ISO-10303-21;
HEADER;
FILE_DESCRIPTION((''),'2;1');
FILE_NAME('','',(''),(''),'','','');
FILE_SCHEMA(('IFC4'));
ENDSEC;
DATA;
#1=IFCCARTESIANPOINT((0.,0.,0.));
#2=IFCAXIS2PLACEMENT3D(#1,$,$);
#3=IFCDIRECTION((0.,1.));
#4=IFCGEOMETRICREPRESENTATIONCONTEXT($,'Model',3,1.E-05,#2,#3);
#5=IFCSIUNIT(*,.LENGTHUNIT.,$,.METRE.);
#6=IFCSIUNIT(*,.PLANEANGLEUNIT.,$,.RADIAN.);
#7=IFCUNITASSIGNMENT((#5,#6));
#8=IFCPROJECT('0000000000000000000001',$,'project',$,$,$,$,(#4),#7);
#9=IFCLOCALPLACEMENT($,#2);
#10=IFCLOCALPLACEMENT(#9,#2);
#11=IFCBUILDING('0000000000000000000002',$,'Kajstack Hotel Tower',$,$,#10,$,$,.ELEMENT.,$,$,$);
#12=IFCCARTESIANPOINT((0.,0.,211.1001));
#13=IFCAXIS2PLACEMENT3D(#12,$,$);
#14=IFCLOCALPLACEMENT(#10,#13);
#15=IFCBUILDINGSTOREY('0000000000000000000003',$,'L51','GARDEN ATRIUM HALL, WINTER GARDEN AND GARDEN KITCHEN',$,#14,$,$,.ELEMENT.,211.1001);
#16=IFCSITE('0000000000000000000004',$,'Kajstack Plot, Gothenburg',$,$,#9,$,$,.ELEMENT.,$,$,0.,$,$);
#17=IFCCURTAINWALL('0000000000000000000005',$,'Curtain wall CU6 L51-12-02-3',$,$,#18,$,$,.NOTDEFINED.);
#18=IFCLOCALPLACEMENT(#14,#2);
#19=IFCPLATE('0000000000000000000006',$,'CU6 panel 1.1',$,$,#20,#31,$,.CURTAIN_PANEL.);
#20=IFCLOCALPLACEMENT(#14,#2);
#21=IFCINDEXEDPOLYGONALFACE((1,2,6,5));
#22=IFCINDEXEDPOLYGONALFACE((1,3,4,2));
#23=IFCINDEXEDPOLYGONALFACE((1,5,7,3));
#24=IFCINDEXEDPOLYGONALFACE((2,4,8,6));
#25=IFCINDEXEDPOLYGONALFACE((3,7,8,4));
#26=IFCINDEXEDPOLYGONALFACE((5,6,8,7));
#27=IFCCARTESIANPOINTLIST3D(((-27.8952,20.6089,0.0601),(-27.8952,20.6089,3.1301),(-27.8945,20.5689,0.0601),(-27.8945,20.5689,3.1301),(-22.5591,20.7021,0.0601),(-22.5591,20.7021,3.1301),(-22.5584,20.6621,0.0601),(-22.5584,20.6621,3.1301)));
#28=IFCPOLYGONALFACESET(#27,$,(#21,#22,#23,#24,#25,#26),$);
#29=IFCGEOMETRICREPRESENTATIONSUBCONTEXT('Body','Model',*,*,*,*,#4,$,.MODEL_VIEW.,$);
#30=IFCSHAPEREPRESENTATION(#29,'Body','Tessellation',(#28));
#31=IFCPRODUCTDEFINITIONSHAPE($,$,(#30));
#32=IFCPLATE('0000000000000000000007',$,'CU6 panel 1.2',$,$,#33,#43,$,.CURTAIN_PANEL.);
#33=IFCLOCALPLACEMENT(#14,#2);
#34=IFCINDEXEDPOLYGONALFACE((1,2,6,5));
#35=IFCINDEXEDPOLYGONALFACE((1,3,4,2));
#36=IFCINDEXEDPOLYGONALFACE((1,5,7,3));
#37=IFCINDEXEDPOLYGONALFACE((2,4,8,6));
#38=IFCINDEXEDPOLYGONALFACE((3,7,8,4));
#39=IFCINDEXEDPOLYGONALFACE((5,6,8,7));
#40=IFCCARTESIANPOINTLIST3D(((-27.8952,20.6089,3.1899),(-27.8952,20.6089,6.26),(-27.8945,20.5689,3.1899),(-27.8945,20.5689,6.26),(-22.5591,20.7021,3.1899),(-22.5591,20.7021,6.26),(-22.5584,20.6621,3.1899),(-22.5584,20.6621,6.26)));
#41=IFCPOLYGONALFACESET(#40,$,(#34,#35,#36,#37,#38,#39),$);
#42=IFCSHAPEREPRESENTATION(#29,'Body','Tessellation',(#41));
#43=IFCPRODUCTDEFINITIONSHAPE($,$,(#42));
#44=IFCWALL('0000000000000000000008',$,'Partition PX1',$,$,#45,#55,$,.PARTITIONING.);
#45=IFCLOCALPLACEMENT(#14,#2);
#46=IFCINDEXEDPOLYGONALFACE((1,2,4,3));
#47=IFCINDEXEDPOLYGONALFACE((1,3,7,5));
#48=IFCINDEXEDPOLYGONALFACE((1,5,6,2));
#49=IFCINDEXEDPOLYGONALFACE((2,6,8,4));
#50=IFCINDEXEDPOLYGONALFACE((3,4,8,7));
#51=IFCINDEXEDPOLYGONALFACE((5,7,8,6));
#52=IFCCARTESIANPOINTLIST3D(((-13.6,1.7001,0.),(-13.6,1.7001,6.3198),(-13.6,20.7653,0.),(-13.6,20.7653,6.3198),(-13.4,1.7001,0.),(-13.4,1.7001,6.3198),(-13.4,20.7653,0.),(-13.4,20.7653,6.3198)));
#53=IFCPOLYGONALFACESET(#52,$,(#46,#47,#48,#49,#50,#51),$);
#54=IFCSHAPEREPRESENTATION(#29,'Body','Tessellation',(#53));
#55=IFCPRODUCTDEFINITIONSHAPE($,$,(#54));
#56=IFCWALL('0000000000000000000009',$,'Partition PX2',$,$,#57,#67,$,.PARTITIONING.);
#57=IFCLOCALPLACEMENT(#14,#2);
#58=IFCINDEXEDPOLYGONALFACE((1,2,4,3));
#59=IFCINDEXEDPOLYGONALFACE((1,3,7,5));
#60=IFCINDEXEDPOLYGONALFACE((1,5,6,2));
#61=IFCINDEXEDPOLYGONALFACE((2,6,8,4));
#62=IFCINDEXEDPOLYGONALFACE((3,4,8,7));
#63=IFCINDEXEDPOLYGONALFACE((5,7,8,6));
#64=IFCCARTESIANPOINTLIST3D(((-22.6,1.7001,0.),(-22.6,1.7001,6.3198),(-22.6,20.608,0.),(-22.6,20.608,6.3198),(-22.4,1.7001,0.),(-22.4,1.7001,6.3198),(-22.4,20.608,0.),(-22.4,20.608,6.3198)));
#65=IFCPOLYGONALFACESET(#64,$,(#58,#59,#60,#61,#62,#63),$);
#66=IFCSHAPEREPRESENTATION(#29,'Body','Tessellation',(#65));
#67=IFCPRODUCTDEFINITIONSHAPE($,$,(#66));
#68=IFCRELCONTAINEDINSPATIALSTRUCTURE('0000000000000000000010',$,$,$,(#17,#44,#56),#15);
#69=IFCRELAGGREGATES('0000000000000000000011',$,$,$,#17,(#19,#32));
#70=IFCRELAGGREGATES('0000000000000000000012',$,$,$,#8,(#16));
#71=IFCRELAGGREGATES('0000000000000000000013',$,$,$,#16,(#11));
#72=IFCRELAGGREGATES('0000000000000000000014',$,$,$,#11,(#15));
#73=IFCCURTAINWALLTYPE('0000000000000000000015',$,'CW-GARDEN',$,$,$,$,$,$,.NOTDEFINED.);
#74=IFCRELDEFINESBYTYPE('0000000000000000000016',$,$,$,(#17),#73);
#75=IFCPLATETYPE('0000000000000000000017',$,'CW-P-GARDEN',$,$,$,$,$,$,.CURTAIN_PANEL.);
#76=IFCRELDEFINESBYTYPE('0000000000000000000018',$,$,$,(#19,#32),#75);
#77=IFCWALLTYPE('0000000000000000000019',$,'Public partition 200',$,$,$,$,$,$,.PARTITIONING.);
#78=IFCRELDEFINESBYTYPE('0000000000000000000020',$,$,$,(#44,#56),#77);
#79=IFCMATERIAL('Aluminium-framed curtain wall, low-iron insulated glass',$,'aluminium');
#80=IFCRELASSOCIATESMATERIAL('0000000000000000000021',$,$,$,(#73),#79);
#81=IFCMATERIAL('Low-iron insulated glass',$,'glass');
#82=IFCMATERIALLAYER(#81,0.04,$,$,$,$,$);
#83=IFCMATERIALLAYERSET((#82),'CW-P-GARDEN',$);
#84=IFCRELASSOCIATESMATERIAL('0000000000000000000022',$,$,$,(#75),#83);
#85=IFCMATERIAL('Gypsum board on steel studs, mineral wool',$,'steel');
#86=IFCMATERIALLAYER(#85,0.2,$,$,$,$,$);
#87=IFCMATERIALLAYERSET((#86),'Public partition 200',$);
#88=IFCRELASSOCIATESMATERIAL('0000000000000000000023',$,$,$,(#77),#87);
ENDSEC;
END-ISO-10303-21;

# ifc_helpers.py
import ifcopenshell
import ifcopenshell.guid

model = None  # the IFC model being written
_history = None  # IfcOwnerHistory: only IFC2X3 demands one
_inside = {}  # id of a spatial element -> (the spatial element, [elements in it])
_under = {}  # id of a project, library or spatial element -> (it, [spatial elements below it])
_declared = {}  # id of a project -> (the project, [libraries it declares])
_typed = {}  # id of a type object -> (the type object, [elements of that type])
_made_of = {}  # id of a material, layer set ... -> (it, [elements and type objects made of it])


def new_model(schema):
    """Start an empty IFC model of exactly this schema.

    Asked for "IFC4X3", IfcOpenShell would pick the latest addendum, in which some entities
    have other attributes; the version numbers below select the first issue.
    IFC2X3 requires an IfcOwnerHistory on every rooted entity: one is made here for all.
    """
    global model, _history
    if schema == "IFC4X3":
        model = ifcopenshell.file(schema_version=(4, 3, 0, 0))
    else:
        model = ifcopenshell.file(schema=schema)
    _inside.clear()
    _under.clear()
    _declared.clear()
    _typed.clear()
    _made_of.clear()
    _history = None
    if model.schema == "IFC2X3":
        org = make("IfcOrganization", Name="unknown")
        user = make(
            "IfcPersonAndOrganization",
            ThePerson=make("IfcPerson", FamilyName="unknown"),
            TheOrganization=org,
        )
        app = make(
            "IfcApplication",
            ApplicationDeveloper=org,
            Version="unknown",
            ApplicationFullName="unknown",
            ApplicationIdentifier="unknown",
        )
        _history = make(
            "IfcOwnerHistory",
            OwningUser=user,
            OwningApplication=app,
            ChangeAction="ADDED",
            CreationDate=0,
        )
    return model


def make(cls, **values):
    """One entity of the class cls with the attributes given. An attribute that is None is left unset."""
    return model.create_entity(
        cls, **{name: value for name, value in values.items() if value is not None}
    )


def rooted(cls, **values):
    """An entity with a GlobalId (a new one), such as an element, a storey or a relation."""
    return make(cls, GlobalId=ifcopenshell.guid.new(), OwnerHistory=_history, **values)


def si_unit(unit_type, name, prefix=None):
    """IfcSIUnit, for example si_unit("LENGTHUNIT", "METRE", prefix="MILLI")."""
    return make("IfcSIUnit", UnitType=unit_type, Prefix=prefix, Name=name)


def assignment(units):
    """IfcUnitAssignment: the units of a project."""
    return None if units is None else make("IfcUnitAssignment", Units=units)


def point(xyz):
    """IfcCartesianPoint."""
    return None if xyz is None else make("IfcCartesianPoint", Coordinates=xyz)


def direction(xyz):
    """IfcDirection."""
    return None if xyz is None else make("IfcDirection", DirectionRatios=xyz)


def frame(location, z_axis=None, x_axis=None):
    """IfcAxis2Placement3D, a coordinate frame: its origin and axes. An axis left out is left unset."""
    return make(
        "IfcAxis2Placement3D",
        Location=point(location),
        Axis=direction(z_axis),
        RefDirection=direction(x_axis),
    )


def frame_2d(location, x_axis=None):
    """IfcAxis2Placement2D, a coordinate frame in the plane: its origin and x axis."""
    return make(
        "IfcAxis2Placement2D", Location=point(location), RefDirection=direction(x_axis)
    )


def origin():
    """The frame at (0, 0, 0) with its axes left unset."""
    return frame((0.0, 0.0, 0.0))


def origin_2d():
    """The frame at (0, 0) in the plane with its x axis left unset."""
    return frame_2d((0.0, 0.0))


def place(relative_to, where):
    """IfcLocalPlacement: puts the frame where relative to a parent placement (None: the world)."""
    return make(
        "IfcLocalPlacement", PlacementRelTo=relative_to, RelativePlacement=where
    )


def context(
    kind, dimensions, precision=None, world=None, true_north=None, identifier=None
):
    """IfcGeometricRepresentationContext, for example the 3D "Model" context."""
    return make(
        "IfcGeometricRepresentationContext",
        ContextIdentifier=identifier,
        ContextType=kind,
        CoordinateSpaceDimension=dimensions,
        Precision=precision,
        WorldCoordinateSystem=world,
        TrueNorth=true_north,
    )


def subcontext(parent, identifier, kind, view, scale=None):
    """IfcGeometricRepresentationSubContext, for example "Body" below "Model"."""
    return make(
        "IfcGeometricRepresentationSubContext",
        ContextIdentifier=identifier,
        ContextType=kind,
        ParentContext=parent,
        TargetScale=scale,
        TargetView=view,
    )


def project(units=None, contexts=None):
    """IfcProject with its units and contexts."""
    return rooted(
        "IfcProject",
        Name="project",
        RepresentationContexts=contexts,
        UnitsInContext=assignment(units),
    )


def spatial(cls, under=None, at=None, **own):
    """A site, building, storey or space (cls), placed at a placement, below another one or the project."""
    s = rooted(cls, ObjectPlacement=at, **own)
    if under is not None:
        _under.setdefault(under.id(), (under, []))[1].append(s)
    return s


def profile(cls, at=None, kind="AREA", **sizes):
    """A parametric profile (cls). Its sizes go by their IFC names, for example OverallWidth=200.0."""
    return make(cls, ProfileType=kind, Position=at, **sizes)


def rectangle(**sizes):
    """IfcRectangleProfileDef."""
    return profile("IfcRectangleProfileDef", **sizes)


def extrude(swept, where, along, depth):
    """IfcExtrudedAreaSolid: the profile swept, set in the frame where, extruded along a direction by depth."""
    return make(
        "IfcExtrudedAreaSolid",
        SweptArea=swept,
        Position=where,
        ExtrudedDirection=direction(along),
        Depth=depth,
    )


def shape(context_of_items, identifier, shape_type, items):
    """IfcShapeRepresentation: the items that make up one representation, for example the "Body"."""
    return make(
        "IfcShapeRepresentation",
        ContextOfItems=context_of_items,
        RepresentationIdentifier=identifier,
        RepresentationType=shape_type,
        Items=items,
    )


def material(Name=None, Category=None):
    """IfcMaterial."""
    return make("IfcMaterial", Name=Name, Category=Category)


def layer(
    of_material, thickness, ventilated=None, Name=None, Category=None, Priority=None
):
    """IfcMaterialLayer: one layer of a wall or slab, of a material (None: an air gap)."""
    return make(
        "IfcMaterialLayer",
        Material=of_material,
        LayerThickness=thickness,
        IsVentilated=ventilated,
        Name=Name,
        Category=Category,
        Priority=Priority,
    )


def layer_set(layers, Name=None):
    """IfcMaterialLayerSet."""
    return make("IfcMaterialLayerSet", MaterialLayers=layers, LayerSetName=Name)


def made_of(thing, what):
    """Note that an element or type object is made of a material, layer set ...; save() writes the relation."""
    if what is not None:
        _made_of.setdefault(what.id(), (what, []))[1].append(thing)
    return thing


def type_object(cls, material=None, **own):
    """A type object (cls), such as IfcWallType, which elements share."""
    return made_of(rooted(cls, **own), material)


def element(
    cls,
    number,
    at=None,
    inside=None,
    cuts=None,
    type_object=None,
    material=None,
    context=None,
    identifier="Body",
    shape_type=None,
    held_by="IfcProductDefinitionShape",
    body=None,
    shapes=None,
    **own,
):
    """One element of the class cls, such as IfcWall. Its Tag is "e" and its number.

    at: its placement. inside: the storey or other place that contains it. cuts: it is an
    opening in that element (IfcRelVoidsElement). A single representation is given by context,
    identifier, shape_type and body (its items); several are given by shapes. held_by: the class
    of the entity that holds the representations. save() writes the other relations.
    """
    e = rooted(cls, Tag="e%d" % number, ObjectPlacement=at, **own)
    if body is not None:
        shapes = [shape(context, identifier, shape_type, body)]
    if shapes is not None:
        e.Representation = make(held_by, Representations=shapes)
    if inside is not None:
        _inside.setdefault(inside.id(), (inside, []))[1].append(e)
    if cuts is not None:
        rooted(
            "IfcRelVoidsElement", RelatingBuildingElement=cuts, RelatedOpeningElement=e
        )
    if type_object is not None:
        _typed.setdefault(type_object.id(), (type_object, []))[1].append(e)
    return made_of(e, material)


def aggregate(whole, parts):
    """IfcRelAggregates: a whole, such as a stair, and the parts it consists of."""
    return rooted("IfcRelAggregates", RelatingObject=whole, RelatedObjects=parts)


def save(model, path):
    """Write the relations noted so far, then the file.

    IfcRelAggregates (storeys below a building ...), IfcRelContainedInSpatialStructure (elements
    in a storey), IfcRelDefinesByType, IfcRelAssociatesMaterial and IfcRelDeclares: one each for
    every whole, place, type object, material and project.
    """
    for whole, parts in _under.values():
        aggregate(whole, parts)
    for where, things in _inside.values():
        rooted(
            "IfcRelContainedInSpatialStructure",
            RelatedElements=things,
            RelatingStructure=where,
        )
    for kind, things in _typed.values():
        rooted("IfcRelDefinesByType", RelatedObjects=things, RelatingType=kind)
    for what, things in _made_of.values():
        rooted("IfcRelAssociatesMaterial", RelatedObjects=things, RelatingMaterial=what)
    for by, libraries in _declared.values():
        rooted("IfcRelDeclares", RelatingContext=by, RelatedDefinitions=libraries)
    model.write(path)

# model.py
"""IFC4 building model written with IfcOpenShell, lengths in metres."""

from ifc_helpers import new_model, si_unit, direction, frame, frame_2d, origin, origin_2d, place, context, subcontext, project, spatial, rectangle, extrude, material, layer, layer_set, type_object, element, aggregate, save


model = new_model("IFC4")

# Units and contexts
model_context = context("Model", 3, precision=1e-05, world=origin(), true_north=direction((0.0, 1.0)))
body_context = subcontext(model_context, "Body", "Model", "MODEL_VIEW")
ifc_project = project(units=[si_unit("LENGTHUNIT", "METRE"), si_unit("PLANEANGLEUNIT", "RADIAN")], contexts=[model_context])

# Site, building, storey
site_placement = place(None, origin())
site = spatial("IfcSite", under=ifc_project, at=site_placement, Name="Kajstack Plot, Gothenburg", CompositionType="ELEMENT", RefElevation=0.0)
building_placement = place(site_placement, origin())
building = spatial("IfcBuilding", under=site, at=building_placement, Name="Kajstack Hotel Tower", CompositionType="ELEMENT")
storey_placement = place(building_placement, frame((0.0, 0.0, 211.1001)))
storey = spatial("IfcBuildingStorey", under=building, at=storey_placement, Name="L51", Description="GARDEN ATRIUM HALL, WINTER GARDEN AND GARDEN KITCHEN", CompositionType="ELEMENT", Elevation=211.1001)

# Shared definitions
ifc_material_1 = material(Name="Aluminium-framed curtain wall, low-iron insulated glass", Category="aluminium")
curtain_wall_type = type_object("IfcCurtainWallType", Name="CW-GARDEN", PredefinedType="NOTDEFINED", material=ifc_material_1)

# Curtain wall
curtain_wall_1_placement = place(storey_placement, origin())
curtain_wall_1 = element("IfcCurtainWall", 1, at=curtain_wall_1_placement, inside=storey, type_object=curtain_wall_type, Name="Curtain wall CU6 L51-12-02-3", PredefinedType="NOTDEFINED")

# Plates
ifc_material_2 = material(Name="Low-iron insulated glass", Category="glass")
ifc_layer_1 = layer(ifc_material_2, 0.04)
ifc_layer_set_1 = layer_set([ifc_layer_1], Name="CW-P-GARDEN")
plate_type = type_object("IfcPlateType", Name="CW-P-GARDEN", PredefinedType="CURTAIN_PANEL", material=ifc_layer_set_1)
plate_1_placement = place(storey_placement, frame((-25.2268, 20.6355, 0.0601), z_axis=(0.0, 0.0, 1.0), x_axis=(-0.999848, -0.017453, 0.0)))
plate_1 = element("IfcPlate", 2, at=plate_1_placement, type_object=plate_type, Name="CU6 panel 1.1", PredefinedType="CURTAIN_PANEL", context=body_context, shape_type="SweptSolid", body=[
    extrude(rectangle(XDim=5.3369, YDim=0.04, at=origin_2d()), origin(), (0.0, 0.0, 1.0), 3.0701),
])
plate_2_placement = place(storey_placement, frame((-25.2268, 20.6355, 3.1899), z_axis=(0.0, 0.0, 1.0), x_axis=(-0.999848, -0.017453, 0.0)))
plate_2 = element("IfcPlate", 3, at=plate_2_placement, type_object=plate_type, Name="CU6 panel 1.2", PredefinedType="CURTAIN_PANEL", context=body_context, shape_type="SweptSolid", body=[
    extrude(rectangle(XDim=5.3369, YDim=0.04, at=origin_2d()), origin(), (0.0, 0.0, 1.0), 3.0701),
])
aggregate(curtain_wall_1, [plate_1, plate_2])

# Walls
ifc_material_3 = material(Name="Gypsum board on steel studs, mineral wool", Category="steel")
ifc_layer_2 = layer(ifc_material_3, 0.2)
ifc_layer_set_2 = layer_set([ifc_layer_2], Name="Public partition 200")
wall_type = type_object("IfcWallType", Name="Public partition 200", PredefinedType="PARTITIONING", material=ifc_layer_set_2)
wall_1_placement = place(storey_placement, frame((-13.5, 1.7, 0.0), z_axis=(0.0, 0.0, 1.0), x_axis=(0.0, 1.0, 0.0)))
element("IfcWall", 4, at=wall_1_placement, inside=storey, type_object=wall_type, Name="Partition PX1", PredefinedType="PARTITIONING", context=body_context, shape_type="SweptSolid", body=[
    extrude(rectangle(XDim=19.0652, YDim=0.2, at=frame_2d((9.5327, 0.0))), origin(), (0.0, 0.0, 1.0), 6.3198),
])
wall_2_placement = place(storey_placement, frame((-22.5, 1.7, 0.0), z_axis=(0.0, 0.0, 1.0), x_axis=(0.0, 1.0, 0.0)))
element("IfcWall", 5, at=wall_2_placement, inside=storey, type_object=wall_type, Name="Partition PX2", PredefinedType="PARTITIONING", context=body_context, shape_type="SweptSolid", body=[
    extrude(rectangle(XDim=18.908, YDim=0.2, at=frame_2d((9.4541, 0.0))), origin(), (0.0, 0.0, 1.0), 6.3198),
])

save(model, "model.ifc")
